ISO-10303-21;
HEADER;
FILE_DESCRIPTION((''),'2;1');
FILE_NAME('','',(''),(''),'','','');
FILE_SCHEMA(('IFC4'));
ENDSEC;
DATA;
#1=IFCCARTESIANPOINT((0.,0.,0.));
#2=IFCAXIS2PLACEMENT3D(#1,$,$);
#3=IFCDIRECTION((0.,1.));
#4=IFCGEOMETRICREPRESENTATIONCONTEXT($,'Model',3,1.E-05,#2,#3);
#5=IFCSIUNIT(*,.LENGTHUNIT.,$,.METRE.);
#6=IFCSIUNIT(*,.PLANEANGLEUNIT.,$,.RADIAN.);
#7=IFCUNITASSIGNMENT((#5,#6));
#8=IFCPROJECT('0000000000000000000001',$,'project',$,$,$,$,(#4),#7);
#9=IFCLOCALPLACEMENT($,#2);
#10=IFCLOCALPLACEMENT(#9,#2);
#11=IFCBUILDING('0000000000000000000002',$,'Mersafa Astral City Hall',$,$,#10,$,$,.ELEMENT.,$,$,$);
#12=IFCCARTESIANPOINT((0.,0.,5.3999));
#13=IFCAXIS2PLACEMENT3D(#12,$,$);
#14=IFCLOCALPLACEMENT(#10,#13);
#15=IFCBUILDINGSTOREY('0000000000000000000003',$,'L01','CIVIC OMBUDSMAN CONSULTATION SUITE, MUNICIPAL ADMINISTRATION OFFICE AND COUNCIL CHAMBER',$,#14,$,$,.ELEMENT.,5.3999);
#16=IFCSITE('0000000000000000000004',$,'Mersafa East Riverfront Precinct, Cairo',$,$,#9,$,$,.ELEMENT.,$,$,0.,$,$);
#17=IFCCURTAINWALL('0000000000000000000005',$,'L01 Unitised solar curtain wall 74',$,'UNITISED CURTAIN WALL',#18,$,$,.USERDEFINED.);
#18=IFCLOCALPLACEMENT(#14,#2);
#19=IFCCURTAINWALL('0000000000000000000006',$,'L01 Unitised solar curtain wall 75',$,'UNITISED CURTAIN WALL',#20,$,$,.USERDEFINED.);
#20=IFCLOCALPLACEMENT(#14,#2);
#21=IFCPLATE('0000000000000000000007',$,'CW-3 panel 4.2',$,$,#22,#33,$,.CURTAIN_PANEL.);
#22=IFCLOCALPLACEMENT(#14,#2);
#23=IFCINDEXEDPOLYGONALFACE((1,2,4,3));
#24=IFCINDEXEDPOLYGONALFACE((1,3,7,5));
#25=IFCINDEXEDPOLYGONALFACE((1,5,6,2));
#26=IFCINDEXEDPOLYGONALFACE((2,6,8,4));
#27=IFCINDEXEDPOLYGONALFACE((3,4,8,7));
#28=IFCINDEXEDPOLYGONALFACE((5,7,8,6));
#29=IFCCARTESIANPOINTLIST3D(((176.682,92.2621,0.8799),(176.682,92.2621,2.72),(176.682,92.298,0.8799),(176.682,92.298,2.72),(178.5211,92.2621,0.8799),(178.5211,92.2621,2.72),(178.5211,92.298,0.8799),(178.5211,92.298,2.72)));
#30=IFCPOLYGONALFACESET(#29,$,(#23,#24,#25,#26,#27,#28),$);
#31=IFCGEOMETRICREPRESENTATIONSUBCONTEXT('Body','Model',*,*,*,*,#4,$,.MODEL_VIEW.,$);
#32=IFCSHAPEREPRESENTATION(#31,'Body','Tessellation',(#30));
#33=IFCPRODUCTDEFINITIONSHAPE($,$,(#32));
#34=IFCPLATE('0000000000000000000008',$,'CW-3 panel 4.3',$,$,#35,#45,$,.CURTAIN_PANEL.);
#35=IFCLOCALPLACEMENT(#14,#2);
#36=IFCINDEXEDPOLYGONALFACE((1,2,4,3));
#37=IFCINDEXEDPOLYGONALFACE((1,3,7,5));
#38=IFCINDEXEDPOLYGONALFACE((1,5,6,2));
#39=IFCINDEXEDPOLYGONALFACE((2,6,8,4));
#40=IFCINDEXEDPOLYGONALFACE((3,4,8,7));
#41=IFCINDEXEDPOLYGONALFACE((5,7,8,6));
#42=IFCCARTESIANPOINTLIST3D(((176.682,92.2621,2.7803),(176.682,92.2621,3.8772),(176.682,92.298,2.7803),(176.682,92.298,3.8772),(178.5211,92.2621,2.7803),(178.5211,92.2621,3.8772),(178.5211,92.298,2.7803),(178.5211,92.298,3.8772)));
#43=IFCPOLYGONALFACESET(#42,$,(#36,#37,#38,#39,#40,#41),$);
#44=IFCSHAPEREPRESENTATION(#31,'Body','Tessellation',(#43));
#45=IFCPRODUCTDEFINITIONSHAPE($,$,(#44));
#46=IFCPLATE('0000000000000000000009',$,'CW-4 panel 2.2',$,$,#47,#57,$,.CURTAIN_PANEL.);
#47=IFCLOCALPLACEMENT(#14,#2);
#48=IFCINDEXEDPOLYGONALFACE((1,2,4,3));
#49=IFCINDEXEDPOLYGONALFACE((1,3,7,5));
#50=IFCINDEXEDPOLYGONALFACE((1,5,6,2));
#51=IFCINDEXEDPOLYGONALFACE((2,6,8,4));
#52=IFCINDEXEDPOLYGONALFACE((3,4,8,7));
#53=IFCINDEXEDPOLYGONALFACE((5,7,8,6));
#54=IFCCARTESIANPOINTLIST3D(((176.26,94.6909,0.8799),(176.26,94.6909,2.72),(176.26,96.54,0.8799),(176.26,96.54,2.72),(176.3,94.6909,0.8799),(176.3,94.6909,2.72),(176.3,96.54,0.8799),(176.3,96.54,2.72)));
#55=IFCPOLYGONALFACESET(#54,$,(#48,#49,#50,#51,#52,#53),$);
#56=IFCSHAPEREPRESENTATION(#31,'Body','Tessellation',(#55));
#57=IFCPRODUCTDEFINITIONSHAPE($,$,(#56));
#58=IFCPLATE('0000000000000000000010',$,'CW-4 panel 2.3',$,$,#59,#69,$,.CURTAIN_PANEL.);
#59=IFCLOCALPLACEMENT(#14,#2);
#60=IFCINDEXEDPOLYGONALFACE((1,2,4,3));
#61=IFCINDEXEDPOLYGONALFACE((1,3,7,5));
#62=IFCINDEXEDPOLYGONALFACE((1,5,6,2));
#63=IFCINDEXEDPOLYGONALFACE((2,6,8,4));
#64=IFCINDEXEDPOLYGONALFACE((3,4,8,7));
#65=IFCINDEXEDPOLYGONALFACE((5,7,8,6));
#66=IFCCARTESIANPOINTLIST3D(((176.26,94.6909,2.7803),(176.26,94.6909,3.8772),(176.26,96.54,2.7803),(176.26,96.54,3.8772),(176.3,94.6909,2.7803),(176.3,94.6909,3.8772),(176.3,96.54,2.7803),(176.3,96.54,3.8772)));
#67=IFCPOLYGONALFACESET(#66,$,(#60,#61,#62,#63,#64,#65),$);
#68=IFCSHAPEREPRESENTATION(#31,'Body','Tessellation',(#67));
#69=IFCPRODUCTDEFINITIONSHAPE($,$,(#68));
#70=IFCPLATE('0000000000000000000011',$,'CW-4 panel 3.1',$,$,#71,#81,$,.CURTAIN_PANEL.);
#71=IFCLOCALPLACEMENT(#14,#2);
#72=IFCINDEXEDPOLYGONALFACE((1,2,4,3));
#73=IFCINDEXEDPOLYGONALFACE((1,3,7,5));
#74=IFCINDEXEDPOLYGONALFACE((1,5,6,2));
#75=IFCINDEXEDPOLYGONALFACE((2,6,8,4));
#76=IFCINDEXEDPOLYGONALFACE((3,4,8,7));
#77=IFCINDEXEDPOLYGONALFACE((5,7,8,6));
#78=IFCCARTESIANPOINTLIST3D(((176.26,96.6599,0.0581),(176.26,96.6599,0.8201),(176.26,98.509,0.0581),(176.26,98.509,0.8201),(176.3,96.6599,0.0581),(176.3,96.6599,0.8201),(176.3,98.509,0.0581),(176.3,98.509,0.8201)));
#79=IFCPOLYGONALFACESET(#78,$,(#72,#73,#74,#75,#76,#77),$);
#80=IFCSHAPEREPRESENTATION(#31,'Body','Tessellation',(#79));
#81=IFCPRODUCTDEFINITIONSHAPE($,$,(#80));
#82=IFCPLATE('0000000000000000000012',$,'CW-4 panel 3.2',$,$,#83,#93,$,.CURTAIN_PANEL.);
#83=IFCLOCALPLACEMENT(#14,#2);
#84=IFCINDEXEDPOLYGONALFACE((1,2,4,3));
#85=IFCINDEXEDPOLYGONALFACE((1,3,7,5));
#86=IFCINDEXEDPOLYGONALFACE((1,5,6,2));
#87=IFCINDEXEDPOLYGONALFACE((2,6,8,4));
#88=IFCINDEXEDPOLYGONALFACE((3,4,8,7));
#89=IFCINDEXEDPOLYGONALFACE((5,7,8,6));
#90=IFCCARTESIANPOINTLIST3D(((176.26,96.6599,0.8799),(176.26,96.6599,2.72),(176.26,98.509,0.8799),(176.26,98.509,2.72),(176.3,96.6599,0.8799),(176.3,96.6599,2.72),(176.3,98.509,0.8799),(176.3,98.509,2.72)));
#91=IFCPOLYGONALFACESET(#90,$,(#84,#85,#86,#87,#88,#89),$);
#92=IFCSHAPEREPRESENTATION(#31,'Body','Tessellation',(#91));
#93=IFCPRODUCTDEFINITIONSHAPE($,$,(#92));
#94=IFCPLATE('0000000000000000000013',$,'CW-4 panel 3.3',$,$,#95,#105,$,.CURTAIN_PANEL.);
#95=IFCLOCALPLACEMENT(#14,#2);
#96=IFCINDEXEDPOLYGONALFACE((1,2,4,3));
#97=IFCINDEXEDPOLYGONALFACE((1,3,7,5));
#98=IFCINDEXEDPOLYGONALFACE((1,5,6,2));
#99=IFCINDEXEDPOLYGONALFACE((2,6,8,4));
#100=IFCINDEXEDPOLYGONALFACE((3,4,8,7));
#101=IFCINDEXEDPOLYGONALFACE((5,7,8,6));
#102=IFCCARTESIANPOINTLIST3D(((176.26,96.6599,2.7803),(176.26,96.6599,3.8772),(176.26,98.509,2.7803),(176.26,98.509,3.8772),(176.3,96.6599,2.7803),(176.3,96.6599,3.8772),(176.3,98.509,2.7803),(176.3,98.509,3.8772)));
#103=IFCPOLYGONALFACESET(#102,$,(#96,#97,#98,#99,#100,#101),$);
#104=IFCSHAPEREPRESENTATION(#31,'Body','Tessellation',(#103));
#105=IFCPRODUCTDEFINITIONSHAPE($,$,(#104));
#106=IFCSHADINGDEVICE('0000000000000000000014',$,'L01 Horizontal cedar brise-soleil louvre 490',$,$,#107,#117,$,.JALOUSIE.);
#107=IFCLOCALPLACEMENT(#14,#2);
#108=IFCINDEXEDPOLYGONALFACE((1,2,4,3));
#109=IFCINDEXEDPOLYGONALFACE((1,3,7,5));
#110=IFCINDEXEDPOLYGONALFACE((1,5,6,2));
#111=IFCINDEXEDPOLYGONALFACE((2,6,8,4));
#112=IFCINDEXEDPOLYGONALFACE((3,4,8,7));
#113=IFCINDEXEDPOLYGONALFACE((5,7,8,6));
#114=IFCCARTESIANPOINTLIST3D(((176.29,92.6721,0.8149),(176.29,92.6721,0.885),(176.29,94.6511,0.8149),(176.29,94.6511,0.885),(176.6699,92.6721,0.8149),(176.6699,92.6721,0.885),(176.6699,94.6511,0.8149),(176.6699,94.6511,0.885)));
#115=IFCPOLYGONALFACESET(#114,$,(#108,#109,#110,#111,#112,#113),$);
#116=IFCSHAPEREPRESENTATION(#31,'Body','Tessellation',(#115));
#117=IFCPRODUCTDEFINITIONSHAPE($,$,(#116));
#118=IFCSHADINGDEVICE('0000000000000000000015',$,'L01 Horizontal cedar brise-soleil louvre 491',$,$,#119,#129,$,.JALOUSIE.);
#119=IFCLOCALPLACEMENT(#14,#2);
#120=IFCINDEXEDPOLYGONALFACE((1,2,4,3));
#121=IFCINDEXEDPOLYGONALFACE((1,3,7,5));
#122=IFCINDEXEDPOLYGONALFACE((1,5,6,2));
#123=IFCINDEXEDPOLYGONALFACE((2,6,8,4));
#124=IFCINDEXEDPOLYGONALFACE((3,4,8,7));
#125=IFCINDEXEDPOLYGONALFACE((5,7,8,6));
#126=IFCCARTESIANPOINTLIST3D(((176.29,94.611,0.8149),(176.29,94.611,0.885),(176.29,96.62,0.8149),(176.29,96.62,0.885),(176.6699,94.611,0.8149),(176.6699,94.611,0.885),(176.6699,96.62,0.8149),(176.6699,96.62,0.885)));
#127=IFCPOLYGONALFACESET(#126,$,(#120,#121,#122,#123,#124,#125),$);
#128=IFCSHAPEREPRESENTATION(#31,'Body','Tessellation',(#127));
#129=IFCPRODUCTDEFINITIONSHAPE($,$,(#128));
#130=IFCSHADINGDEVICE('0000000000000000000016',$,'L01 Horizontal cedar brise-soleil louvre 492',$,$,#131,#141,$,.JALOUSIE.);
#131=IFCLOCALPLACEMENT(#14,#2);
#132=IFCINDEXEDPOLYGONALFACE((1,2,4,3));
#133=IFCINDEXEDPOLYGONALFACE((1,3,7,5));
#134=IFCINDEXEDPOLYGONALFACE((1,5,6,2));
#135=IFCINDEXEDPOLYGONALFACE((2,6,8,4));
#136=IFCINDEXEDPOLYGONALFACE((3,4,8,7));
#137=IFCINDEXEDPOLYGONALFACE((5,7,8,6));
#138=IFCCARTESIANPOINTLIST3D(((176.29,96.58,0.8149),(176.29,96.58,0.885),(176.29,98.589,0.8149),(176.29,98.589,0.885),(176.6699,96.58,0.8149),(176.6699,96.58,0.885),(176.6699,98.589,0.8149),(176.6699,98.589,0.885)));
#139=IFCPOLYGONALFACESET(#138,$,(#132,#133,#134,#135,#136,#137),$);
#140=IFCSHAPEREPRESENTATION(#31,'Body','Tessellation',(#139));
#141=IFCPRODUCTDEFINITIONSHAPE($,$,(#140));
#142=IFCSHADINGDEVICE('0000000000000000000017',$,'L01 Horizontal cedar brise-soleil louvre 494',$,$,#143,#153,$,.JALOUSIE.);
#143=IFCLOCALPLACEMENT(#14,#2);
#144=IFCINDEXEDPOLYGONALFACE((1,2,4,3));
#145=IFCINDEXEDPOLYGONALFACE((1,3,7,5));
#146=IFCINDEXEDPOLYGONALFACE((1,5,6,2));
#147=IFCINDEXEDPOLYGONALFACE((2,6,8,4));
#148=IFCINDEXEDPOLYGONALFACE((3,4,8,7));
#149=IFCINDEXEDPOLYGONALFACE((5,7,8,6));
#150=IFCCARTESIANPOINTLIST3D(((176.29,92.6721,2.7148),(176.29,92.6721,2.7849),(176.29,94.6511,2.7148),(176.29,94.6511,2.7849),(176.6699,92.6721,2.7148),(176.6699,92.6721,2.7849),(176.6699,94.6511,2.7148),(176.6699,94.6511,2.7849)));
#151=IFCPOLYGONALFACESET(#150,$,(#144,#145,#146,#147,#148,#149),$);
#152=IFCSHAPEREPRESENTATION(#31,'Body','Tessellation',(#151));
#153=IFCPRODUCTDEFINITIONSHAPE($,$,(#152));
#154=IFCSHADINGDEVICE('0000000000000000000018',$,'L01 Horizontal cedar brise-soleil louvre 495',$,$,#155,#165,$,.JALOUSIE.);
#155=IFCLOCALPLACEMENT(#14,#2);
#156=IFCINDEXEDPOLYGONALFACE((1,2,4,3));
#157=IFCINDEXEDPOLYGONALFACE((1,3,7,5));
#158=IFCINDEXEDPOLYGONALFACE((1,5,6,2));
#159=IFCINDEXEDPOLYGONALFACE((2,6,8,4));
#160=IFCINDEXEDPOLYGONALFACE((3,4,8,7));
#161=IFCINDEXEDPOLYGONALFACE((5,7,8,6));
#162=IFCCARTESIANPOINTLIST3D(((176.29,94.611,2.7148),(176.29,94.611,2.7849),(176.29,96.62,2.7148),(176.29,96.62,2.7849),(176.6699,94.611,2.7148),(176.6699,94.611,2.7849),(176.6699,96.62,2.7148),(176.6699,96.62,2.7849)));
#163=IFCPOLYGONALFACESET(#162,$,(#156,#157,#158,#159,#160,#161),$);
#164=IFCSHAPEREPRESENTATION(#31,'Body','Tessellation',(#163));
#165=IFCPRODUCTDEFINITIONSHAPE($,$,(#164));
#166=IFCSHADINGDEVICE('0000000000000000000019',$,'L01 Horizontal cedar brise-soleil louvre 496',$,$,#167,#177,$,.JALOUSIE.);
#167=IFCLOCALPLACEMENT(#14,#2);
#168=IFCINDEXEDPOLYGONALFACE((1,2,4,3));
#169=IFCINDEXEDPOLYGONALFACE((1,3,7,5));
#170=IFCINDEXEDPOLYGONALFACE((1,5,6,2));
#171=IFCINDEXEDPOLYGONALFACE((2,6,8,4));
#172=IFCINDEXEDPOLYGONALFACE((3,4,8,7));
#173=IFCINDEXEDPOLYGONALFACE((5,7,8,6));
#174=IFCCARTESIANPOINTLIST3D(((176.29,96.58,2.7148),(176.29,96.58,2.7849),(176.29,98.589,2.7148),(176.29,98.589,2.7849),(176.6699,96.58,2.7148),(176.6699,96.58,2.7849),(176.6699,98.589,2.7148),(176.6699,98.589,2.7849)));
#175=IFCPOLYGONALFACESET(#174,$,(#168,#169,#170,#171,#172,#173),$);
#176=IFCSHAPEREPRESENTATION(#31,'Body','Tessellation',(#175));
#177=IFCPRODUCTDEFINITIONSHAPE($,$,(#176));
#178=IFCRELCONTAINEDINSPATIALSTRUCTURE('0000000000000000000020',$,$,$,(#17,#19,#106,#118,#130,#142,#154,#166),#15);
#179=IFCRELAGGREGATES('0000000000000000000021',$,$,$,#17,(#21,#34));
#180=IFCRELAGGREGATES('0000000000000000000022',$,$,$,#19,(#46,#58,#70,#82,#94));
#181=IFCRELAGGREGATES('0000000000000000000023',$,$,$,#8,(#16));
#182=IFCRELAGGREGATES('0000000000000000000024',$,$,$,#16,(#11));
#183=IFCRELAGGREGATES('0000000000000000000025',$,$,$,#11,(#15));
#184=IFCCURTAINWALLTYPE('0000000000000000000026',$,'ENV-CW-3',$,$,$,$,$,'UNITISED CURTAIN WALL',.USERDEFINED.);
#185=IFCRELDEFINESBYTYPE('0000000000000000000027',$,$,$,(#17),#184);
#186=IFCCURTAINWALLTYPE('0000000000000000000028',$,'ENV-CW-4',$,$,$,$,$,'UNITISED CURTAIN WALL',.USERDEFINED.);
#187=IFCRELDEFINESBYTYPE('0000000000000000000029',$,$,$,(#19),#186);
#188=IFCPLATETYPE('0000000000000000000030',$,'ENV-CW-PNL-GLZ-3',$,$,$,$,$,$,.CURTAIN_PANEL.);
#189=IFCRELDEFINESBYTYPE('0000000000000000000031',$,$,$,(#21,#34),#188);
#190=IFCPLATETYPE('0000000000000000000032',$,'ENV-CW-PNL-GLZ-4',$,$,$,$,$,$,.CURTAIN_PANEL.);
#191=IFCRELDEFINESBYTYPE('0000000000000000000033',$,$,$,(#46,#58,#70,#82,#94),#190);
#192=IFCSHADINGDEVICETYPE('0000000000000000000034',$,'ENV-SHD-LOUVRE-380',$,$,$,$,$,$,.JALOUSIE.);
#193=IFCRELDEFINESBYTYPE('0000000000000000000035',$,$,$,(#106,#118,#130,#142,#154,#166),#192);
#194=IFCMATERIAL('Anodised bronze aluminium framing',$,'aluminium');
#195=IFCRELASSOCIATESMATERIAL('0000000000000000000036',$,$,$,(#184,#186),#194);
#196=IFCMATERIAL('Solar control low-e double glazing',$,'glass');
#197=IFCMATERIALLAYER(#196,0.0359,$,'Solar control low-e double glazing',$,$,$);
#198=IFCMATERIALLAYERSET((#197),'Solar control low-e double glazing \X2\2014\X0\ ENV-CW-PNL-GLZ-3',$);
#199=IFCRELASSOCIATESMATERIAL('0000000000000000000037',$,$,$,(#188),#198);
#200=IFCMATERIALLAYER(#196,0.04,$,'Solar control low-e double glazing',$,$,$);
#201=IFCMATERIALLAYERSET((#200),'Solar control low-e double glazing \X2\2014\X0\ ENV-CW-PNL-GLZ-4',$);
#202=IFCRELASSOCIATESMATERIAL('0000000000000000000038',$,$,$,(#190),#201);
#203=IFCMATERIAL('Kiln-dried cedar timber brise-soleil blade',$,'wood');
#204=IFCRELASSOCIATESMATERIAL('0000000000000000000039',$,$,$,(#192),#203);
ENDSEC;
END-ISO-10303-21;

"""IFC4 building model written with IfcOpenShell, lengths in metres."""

from ifc_helpers import new_model, si_unit, direction, frame, origin, origin_2d, place, context, subcontext, project, spatial, rectangle, extrude, material, layer, layer_set, type_object, element, aggregate, save


model = new_model("IFC4")

# Units and contexts
model_context = context("Model", 3, precision=1e-05, world=origin(), true_north=direction((0.0, 1.0)))
body_context = subcontext(model_context, "Body", "Model", "MODEL_VIEW")
ifc_project = project(units=[si_unit("LENGTHUNIT", "METRE"), si_unit("PLANEANGLEUNIT", "RADIAN")], contexts=[model_context])

# Site, building, storey
site_placement = place(None, origin())
site = spatial("IfcSite", under=ifc_project, at=site_placement, Name="Mersafa East Riverfront Precinct, Cairo", CompositionType="ELEMENT", RefElevation=0.0)
building_placement = place(site_placement, origin())
building = spatial("IfcBuilding", under=site, at=building_placement, Name="Mersafa Astral City Hall", CompositionType="ELEMENT")
storey_placement = place(building_placement, frame((0.0, 0.0, 5.3999)))
storey = spatial("IfcBuildingStorey", under=building, at=storey_placement, Name="L01", Description="CIVIC OMBUDSMAN CONSULTATION SUITE, MUNICIPAL ADMINISTRATION OFFICE AND COUNCIL CHAMBER", CompositionType="ELEMENT", Elevation=5.3999)

# Curtain wall
ifc_material_1 = material(Name="Anodised bronze aluminium framing", Category="aluminium")
curtain_wall_type_1 = type_object("IfcCurtainWallType", Name="ENV-CW-3", ElementType="UNITISED CURTAIN WALL", PredefinedType="USERDEFINED", material=ifc_material_1)
curtain_wall_1_placement = place(storey_placement, origin())
curtain_wall_1 = element("IfcCurtainWall", 1, at=curtain_wall_1_placement, inside=storey, type_object=curtain_wall_type_1, Name="L01 Unitised solar curtain wall 74", ObjectType="UNITISED CURTAIN WALL", PredefinedType="USERDEFINED")

# Curtain wall
curtain_wall_type_2 = type_object("IfcCurtainWallType", Name="ENV-CW-4", ElementType="UNITISED CURTAIN WALL", PredefinedType="USERDEFINED", material=ifc_material_1)
curtain_wall_2_placement = place(storey_placement, origin())
curtain_wall_2 = element("IfcCurtainWall", 2, at=curtain_wall_2_placement, inside=storey, type_object=curtain_wall_type_2, Name="L01 Unitised solar curtain wall 75", ObjectType="UNITISED CURTAIN WALL", PredefinedType="USERDEFINED")

# Plates
ifc_material_2 = material(Name="Solar control low-e double glazing", Category="glass")
ifc_layer_1 = layer(ifc_material_2, 0.0359, Name="Solar control low-e double glazing")
ifc_layer_set_1 = layer_set([ifc_layer_1], Name="Solar control low-e double glazing — ENV-CW-PNL-GLZ-3")
plate_type_1 = type_object("IfcPlateType", Name="ENV-CW-PNL-GLZ-3", PredefinedType="CURTAIN_PANEL", material=ifc_layer_set_1)
plate_1_placement = place(storey_placement, frame((177.6016, 92.28, 0.8799), z_axis=(0.0, 0.0, 1.0), x_axis=(-1.0, 0.0, 0.0)))
plate_1 = element("IfcPlate", 3, at=plate_1_placement, type_object=plate_type_1, Name="CW-3 panel 4.2", PredefinedType="CURTAIN_PANEL", context=body_context, shape_type="SweptSolid", body=[
    extrude(rectangle(XDim=1.8391, YDim=0.0359, at=origin_2d()), origin(), (0.0, 0.0, 1.0), 1.8401),
])
plate_2_placement = place(storey_placement, frame((177.6016, 92.28, 2.7803), z_axis=(0.0, 0.0, 1.0), x_axis=(-1.0, 0.0, 0.0)))
plate_2 = element("IfcPlate", 4, at=plate_2_placement, type_object=plate_type_1, Name="CW-3 panel 4.3", PredefinedType="CURTAIN_PANEL", context=body_context, shape_type="SweptSolid", body=[
    extrude(rectangle(XDim=1.8391, YDim=0.0359, at=origin_2d()), origin(), (0.0, 0.0, 1.0), 1.0969),
])
aggregate(curtain_wall_1, [plate_1, plate_2])
ifc_layer_2 = layer(ifc_material_2, 0.04, Name="Solar control low-e double glazing")
ifc_layer_set_2 = layer_set([ifc_layer_2], Name="Solar control low-e double glazing — ENV-CW-PNL-GLZ-4")
plate_type_2 = type_object("IfcPlateType", Name="ENV-CW-PNL-GLZ-4", PredefinedType="CURTAIN_PANEL", material=ifc_layer_set_2)
plate_3_placement = place(storey_placement, frame((176.28, 95.6155, 0.8799), z_axis=(0.0, 0.0, 1.0), x_axis=(0.0, 1.0, 0.0)))
plate_3 = element("IfcPlate", 5, at=plate_3_placement, type_object=plate_type_2, Name="CW-4 panel 2.2", PredefinedType="CURTAIN_PANEL", context=body_context, shape_type="SweptSolid", body=[
    extrude(rectangle(XDim=1.8491, YDim=0.04, at=origin_2d()), origin(), (0.0, 0.0, 1.0), 1.8401),
])
plate_4_placement = place(storey_placement, frame((176.28, 95.6155, 2.7803), z_axis=(0.0, 0.0, 1.0), x_axis=(0.0, 1.0, 0.0)))
plate_4 = element("IfcPlate", 6, at=plate_4_placement, type_object=plate_type_2, Name="CW-4 panel 2.3", PredefinedType="CURTAIN_PANEL", context=body_context, shape_type="SweptSolid", body=[
    extrude(rectangle(XDim=1.8491, YDim=0.04, at=origin_2d()), origin(), (0.0, 0.0, 1.0), 1.0969),
])
plate_5_placement = place(storey_placement, frame((176.28, 97.5845, 0.0581), z_axis=(0.0, 0.0, 1.0), x_axis=(0.0, 1.0, 0.0)))
plate_5 = element("IfcPlate", 7, at=plate_5_placement, type_object=plate_type_2, Name="CW-4 panel 3.1", PredefinedType="CURTAIN_PANEL", context=body_context, shape_type="SweptSolid", body=[
    extrude(rectangle(XDim=1.8491, YDim=0.04, at=origin_2d()), origin(), (0.0, 0.0, 1.0), 0.762),
])
plate_6_placement = place(storey_placement, frame((176.28, 97.5845, 0.8799), z_axis=(0.0, 0.0, 1.0), x_axis=(0.0, 1.0, 0.0)))
plate_6 = element("IfcPlate", 8, at=plate_6_placement, type_object=plate_type_2, Name="CW-4 panel 3.2", PredefinedType="CURTAIN_PANEL", context=body_context, shape_type="SweptSolid", body=[
    extrude(rectangle(XDim=1.8491, YDim=0.04, at=origin_2d()), origin(), (0.0, 0.0, 1.0), 1.8401),
])
plate_7_placement = place(storey_placement, frame((176.28, 97.5845, 2.7803), z_axis=(0.0, 0.0, 1.0), x_axis=(0.0, 1.0, 0.0)))
plate_7 = element("IfcPlate", 9, at=plate_7_placement, type_object=plate_type_2, Name="CW-4 panel 3.3", PredefinedType="CURTAIN_PANEL", context=body_context, shape_type="SweptSolid", body=[
    extrude(rectangle(XDim=1.8491, YDim=0.04, at=origin_2d()), origin(), (0.0, 0.0, 1.0), 1.0969),
])
aggregate(curtain_wall_2, [plate_3, plate_4, plate_5, plate_6, plate_7])

# Shading devices
ifc_material_3 = material(Name="Kiln-dried cedar timber brise-soleil blade", Category="wood")
shading_device_type = type_object("IfcShadingDeviceType", Name="ENV-SHD-LOUVRE-380", PredefinedType="JALOUSIE", material=ifc_material_3)
shading_device_1_placement = place(storey_placement, frame((176.48, 93.6616, 0.8149), z_axis=(0.0, 0.0, 1.0), x_axis=(0.0, 1.0, 0.0)))
element("IfcShadingDevice", 10, at=shading_device_1_placement, inside=storey, type_object=shading_device_type, Name="L01 Horizontal cedar brise-soleil louvre 490", PredefinedType="JALOUSIE", context=body_context, shape_type="SweptSolid", body=[
    extrude(rectangle(XDim=1.979, YDim=0.3799, at=origin_2d()), origin(), (0.0, 0.0, 1.0), 0.0701),
])
for number, where, z_axis, x_axis, name in (
    (11, (176.48, 95.6155, 0.8149), (0.0, 0.0, 1.0), (0.0, 1.0, 0.0), "L01 Horizontal cedar brise-soleil louvre 491"),
    (12, (176.48, 97.5845, 0.8149), (0.0, 0.0, 1.0), (0.0, 1.0, 0.0), "L01 Horizontal cedar brise-soleil louvre 492"),
):
    element("IfcShadingDevice", number, at=place(storey_placement, frame(where, z_axis=z_axis, x_axis=x_axis)), inside=storey, type_object=shading_device_type, Name=name, PredefinedType="JALOUSIE", context=body_context, shape_type="SweptSolid", body=[
        extrude(rectangle(XDim=2.009, YDim=0.3799, at=origin_2d()), origin(), (0.0, 0.0, 1.0), 0.0701),
    ])
shading_device_2_placement = place(storey_placement, frame((176.48, 93.6616, 2.7148), z_axis=(0.0, 0.0, 1.0), x_axis=(0.0, 1.0, 0.0)))
element("IfcShadingDevice", 13, at=shading_device_2_placement, inside=storey, type_object=shading_device_type, Name="L01 Horizontal cedar brise-soleil louvre 494", PredefinedType="JALOUSIE", context=body_context, shape_type="SweptSolid", body=[
    extrude(rectangle(XDim=1.979, YDim=0.3799, at=origin_2d()), origin(), (0.0, 0.0, 1.0), 0.0701),
])
for number, where, z_axis, x_axis, name in (
    (14, (176.48, 95.6155, 2.7148), (0.0, 0.0, 1.0), (0.0, 1.0, 0.0), "L01 Horizontal cedar brise-soleil louvre 495"),
    (15, (176.48, 97.5845, 2.7148), (0.0, 0.0, 1.0), (0.0, 1.0, 0.0), "L01 Horizontal cedar brise-soleil louvre 496"),
):
    element("IfcShadingDevice", number, at=place(storey_placement, frame(where, z_axis=z_axis, x_axis=x_axis)), inside=storey, type_object=shading_device_type, Name=name, PredefinedType="JALOUSIE", context=body_context, shape_type="SweptSolid", body=[
        extrude(rectangle(XDim=2.009, YDim=0.3799, at=origin_2d()), origin(), (0.0, 0.0, 1.0), 0.0701),
    ])

save(model, "model.ifc")
